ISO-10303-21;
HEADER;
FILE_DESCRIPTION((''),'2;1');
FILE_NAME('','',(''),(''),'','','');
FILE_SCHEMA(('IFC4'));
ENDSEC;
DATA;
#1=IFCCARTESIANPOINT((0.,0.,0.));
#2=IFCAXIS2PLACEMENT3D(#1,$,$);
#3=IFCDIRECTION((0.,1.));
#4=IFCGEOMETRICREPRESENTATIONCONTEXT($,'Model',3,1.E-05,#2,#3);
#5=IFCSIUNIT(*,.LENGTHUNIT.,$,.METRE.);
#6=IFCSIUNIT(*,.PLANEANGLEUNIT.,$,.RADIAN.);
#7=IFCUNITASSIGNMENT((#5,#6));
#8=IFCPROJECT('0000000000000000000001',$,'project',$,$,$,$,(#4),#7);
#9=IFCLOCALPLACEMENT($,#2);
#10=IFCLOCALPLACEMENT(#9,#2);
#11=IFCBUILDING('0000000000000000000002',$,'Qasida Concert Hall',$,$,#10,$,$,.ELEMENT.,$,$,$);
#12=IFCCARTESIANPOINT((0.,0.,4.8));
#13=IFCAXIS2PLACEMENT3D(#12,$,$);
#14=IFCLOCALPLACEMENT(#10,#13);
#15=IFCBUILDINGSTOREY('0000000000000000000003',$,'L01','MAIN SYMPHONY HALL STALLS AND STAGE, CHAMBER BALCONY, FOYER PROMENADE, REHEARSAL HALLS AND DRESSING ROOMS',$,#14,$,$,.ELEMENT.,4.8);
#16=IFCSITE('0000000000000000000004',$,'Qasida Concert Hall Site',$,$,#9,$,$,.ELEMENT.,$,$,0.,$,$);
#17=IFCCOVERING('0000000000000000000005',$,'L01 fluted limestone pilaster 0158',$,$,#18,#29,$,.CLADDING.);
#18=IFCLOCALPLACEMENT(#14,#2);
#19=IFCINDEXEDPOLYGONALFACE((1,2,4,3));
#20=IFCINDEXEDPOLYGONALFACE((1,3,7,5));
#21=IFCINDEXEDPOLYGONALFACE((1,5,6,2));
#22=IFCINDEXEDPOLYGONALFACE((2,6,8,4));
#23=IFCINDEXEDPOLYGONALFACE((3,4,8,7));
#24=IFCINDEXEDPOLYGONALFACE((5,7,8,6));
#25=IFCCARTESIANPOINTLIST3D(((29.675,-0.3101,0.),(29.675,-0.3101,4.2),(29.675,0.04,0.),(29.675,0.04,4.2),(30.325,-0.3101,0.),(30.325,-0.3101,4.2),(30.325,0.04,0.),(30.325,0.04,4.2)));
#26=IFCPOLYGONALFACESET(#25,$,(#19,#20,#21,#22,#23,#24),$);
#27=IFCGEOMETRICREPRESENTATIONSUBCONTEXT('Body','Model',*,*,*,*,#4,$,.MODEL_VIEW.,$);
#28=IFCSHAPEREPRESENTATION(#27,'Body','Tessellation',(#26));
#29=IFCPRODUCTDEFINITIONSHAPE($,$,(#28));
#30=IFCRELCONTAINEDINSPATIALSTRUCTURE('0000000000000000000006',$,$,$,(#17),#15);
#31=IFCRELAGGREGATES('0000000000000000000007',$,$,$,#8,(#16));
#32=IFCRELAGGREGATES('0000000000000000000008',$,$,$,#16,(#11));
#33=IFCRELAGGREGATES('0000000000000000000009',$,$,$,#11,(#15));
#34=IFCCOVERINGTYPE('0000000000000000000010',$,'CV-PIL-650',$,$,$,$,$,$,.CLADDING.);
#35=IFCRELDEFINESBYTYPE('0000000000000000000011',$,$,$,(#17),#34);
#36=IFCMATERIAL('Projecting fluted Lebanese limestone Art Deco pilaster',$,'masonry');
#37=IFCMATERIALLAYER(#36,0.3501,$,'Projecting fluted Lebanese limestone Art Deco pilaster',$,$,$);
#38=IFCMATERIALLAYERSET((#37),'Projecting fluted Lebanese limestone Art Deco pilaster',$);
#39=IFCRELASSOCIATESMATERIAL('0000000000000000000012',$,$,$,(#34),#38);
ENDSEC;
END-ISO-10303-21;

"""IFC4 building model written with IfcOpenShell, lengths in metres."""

from ifc_helpers import new_model, si_unit, direction, frame, origin, origin_2d, place, context, subcontext, project, spatial, rectangle, extrude, material, layer, layer_set, type_object, element, save


model = new_model("IFC4")

# Units and contexts
model_context = context("Model", 3, precision=1e-05, world=origin(), true_north=direction((0.0, 1.0)))
body_context = subcontext(model_context, "Body", "Model", "MODEL_VIEW")
ifc_project = project(units=[si_unit("LENGTHUNIT", "METRE"), si_unit("PLANEANGLEUNIT", "RADIAN")], contexts=[model_context])

# Site, building, storey
site_placement = place(None, origin())
site = spatial("IfcSite", under=ifc_project, at=site_placement, Name="Qasida Concert Hall Site", CompositionType="ELEMENT", RefElevation=0.0)
building_placement = place(site_placement, origin())
building = spatial("IfcBuilding", under=site, at=building_placement, Name="Qasida Concert Hall", CompositionType="ELEMENT")
storey_placement = place(building_placement, frame((0.0, 0.0, 4.8)))
storey = spatial("IfcBuildingStorey", under=building, at=storey_placement, Name="L01", Description="MAIN SYMPHONY HALL STALLS AND STAGE, CHAMBER BALCONY, FOYER PROMENADE, REHEARSAL HALLS AND DRESSING ROOMS", CompositionType="ELEMENT", Elevation=4.8)

# Covering
ifc_material_1 = material(Name="Projecting fluted Lebanese limestone Art Deco pilaster", Category="masonry")
ifc_layer_1 = layer(ifc_material_1, 0.3501, Name="Projecting fluted Lebanese limestone Art Deco pilaster")
ifc_layer_set_1 = layer_set([ifc_layer_1], Name="Projecting fluted Lebanese limestone Art Deco pilaster")
covering_type_1 = type_object("IfcCoveringType", Name="CV-PIL-650", PredefinedType="CLADDING", material=ifc_layer_set_1)
covering_placement = place(storey_placement, frame((30.0, -0.135, 0.0), z_axis=(0.0, 0.0, 1.0), x_axis=(1.0, 0.0, 0.0)))
element("IfcCovering", 1, at=covering_placement, inside=storey, type_object=covering_type_1, Name="L01 fluted limestone pilaster 0158", PredefinedType="CLADDING", context=body_context, shape_type="SweptSolid", body=[
    extrude(rectangle(XDim=0.6499, YDim=0.3501, at=origin_2d()), origin(), (0.0, 0.0, 1.0), 4.2),
])

save(model, "model.ifc")
